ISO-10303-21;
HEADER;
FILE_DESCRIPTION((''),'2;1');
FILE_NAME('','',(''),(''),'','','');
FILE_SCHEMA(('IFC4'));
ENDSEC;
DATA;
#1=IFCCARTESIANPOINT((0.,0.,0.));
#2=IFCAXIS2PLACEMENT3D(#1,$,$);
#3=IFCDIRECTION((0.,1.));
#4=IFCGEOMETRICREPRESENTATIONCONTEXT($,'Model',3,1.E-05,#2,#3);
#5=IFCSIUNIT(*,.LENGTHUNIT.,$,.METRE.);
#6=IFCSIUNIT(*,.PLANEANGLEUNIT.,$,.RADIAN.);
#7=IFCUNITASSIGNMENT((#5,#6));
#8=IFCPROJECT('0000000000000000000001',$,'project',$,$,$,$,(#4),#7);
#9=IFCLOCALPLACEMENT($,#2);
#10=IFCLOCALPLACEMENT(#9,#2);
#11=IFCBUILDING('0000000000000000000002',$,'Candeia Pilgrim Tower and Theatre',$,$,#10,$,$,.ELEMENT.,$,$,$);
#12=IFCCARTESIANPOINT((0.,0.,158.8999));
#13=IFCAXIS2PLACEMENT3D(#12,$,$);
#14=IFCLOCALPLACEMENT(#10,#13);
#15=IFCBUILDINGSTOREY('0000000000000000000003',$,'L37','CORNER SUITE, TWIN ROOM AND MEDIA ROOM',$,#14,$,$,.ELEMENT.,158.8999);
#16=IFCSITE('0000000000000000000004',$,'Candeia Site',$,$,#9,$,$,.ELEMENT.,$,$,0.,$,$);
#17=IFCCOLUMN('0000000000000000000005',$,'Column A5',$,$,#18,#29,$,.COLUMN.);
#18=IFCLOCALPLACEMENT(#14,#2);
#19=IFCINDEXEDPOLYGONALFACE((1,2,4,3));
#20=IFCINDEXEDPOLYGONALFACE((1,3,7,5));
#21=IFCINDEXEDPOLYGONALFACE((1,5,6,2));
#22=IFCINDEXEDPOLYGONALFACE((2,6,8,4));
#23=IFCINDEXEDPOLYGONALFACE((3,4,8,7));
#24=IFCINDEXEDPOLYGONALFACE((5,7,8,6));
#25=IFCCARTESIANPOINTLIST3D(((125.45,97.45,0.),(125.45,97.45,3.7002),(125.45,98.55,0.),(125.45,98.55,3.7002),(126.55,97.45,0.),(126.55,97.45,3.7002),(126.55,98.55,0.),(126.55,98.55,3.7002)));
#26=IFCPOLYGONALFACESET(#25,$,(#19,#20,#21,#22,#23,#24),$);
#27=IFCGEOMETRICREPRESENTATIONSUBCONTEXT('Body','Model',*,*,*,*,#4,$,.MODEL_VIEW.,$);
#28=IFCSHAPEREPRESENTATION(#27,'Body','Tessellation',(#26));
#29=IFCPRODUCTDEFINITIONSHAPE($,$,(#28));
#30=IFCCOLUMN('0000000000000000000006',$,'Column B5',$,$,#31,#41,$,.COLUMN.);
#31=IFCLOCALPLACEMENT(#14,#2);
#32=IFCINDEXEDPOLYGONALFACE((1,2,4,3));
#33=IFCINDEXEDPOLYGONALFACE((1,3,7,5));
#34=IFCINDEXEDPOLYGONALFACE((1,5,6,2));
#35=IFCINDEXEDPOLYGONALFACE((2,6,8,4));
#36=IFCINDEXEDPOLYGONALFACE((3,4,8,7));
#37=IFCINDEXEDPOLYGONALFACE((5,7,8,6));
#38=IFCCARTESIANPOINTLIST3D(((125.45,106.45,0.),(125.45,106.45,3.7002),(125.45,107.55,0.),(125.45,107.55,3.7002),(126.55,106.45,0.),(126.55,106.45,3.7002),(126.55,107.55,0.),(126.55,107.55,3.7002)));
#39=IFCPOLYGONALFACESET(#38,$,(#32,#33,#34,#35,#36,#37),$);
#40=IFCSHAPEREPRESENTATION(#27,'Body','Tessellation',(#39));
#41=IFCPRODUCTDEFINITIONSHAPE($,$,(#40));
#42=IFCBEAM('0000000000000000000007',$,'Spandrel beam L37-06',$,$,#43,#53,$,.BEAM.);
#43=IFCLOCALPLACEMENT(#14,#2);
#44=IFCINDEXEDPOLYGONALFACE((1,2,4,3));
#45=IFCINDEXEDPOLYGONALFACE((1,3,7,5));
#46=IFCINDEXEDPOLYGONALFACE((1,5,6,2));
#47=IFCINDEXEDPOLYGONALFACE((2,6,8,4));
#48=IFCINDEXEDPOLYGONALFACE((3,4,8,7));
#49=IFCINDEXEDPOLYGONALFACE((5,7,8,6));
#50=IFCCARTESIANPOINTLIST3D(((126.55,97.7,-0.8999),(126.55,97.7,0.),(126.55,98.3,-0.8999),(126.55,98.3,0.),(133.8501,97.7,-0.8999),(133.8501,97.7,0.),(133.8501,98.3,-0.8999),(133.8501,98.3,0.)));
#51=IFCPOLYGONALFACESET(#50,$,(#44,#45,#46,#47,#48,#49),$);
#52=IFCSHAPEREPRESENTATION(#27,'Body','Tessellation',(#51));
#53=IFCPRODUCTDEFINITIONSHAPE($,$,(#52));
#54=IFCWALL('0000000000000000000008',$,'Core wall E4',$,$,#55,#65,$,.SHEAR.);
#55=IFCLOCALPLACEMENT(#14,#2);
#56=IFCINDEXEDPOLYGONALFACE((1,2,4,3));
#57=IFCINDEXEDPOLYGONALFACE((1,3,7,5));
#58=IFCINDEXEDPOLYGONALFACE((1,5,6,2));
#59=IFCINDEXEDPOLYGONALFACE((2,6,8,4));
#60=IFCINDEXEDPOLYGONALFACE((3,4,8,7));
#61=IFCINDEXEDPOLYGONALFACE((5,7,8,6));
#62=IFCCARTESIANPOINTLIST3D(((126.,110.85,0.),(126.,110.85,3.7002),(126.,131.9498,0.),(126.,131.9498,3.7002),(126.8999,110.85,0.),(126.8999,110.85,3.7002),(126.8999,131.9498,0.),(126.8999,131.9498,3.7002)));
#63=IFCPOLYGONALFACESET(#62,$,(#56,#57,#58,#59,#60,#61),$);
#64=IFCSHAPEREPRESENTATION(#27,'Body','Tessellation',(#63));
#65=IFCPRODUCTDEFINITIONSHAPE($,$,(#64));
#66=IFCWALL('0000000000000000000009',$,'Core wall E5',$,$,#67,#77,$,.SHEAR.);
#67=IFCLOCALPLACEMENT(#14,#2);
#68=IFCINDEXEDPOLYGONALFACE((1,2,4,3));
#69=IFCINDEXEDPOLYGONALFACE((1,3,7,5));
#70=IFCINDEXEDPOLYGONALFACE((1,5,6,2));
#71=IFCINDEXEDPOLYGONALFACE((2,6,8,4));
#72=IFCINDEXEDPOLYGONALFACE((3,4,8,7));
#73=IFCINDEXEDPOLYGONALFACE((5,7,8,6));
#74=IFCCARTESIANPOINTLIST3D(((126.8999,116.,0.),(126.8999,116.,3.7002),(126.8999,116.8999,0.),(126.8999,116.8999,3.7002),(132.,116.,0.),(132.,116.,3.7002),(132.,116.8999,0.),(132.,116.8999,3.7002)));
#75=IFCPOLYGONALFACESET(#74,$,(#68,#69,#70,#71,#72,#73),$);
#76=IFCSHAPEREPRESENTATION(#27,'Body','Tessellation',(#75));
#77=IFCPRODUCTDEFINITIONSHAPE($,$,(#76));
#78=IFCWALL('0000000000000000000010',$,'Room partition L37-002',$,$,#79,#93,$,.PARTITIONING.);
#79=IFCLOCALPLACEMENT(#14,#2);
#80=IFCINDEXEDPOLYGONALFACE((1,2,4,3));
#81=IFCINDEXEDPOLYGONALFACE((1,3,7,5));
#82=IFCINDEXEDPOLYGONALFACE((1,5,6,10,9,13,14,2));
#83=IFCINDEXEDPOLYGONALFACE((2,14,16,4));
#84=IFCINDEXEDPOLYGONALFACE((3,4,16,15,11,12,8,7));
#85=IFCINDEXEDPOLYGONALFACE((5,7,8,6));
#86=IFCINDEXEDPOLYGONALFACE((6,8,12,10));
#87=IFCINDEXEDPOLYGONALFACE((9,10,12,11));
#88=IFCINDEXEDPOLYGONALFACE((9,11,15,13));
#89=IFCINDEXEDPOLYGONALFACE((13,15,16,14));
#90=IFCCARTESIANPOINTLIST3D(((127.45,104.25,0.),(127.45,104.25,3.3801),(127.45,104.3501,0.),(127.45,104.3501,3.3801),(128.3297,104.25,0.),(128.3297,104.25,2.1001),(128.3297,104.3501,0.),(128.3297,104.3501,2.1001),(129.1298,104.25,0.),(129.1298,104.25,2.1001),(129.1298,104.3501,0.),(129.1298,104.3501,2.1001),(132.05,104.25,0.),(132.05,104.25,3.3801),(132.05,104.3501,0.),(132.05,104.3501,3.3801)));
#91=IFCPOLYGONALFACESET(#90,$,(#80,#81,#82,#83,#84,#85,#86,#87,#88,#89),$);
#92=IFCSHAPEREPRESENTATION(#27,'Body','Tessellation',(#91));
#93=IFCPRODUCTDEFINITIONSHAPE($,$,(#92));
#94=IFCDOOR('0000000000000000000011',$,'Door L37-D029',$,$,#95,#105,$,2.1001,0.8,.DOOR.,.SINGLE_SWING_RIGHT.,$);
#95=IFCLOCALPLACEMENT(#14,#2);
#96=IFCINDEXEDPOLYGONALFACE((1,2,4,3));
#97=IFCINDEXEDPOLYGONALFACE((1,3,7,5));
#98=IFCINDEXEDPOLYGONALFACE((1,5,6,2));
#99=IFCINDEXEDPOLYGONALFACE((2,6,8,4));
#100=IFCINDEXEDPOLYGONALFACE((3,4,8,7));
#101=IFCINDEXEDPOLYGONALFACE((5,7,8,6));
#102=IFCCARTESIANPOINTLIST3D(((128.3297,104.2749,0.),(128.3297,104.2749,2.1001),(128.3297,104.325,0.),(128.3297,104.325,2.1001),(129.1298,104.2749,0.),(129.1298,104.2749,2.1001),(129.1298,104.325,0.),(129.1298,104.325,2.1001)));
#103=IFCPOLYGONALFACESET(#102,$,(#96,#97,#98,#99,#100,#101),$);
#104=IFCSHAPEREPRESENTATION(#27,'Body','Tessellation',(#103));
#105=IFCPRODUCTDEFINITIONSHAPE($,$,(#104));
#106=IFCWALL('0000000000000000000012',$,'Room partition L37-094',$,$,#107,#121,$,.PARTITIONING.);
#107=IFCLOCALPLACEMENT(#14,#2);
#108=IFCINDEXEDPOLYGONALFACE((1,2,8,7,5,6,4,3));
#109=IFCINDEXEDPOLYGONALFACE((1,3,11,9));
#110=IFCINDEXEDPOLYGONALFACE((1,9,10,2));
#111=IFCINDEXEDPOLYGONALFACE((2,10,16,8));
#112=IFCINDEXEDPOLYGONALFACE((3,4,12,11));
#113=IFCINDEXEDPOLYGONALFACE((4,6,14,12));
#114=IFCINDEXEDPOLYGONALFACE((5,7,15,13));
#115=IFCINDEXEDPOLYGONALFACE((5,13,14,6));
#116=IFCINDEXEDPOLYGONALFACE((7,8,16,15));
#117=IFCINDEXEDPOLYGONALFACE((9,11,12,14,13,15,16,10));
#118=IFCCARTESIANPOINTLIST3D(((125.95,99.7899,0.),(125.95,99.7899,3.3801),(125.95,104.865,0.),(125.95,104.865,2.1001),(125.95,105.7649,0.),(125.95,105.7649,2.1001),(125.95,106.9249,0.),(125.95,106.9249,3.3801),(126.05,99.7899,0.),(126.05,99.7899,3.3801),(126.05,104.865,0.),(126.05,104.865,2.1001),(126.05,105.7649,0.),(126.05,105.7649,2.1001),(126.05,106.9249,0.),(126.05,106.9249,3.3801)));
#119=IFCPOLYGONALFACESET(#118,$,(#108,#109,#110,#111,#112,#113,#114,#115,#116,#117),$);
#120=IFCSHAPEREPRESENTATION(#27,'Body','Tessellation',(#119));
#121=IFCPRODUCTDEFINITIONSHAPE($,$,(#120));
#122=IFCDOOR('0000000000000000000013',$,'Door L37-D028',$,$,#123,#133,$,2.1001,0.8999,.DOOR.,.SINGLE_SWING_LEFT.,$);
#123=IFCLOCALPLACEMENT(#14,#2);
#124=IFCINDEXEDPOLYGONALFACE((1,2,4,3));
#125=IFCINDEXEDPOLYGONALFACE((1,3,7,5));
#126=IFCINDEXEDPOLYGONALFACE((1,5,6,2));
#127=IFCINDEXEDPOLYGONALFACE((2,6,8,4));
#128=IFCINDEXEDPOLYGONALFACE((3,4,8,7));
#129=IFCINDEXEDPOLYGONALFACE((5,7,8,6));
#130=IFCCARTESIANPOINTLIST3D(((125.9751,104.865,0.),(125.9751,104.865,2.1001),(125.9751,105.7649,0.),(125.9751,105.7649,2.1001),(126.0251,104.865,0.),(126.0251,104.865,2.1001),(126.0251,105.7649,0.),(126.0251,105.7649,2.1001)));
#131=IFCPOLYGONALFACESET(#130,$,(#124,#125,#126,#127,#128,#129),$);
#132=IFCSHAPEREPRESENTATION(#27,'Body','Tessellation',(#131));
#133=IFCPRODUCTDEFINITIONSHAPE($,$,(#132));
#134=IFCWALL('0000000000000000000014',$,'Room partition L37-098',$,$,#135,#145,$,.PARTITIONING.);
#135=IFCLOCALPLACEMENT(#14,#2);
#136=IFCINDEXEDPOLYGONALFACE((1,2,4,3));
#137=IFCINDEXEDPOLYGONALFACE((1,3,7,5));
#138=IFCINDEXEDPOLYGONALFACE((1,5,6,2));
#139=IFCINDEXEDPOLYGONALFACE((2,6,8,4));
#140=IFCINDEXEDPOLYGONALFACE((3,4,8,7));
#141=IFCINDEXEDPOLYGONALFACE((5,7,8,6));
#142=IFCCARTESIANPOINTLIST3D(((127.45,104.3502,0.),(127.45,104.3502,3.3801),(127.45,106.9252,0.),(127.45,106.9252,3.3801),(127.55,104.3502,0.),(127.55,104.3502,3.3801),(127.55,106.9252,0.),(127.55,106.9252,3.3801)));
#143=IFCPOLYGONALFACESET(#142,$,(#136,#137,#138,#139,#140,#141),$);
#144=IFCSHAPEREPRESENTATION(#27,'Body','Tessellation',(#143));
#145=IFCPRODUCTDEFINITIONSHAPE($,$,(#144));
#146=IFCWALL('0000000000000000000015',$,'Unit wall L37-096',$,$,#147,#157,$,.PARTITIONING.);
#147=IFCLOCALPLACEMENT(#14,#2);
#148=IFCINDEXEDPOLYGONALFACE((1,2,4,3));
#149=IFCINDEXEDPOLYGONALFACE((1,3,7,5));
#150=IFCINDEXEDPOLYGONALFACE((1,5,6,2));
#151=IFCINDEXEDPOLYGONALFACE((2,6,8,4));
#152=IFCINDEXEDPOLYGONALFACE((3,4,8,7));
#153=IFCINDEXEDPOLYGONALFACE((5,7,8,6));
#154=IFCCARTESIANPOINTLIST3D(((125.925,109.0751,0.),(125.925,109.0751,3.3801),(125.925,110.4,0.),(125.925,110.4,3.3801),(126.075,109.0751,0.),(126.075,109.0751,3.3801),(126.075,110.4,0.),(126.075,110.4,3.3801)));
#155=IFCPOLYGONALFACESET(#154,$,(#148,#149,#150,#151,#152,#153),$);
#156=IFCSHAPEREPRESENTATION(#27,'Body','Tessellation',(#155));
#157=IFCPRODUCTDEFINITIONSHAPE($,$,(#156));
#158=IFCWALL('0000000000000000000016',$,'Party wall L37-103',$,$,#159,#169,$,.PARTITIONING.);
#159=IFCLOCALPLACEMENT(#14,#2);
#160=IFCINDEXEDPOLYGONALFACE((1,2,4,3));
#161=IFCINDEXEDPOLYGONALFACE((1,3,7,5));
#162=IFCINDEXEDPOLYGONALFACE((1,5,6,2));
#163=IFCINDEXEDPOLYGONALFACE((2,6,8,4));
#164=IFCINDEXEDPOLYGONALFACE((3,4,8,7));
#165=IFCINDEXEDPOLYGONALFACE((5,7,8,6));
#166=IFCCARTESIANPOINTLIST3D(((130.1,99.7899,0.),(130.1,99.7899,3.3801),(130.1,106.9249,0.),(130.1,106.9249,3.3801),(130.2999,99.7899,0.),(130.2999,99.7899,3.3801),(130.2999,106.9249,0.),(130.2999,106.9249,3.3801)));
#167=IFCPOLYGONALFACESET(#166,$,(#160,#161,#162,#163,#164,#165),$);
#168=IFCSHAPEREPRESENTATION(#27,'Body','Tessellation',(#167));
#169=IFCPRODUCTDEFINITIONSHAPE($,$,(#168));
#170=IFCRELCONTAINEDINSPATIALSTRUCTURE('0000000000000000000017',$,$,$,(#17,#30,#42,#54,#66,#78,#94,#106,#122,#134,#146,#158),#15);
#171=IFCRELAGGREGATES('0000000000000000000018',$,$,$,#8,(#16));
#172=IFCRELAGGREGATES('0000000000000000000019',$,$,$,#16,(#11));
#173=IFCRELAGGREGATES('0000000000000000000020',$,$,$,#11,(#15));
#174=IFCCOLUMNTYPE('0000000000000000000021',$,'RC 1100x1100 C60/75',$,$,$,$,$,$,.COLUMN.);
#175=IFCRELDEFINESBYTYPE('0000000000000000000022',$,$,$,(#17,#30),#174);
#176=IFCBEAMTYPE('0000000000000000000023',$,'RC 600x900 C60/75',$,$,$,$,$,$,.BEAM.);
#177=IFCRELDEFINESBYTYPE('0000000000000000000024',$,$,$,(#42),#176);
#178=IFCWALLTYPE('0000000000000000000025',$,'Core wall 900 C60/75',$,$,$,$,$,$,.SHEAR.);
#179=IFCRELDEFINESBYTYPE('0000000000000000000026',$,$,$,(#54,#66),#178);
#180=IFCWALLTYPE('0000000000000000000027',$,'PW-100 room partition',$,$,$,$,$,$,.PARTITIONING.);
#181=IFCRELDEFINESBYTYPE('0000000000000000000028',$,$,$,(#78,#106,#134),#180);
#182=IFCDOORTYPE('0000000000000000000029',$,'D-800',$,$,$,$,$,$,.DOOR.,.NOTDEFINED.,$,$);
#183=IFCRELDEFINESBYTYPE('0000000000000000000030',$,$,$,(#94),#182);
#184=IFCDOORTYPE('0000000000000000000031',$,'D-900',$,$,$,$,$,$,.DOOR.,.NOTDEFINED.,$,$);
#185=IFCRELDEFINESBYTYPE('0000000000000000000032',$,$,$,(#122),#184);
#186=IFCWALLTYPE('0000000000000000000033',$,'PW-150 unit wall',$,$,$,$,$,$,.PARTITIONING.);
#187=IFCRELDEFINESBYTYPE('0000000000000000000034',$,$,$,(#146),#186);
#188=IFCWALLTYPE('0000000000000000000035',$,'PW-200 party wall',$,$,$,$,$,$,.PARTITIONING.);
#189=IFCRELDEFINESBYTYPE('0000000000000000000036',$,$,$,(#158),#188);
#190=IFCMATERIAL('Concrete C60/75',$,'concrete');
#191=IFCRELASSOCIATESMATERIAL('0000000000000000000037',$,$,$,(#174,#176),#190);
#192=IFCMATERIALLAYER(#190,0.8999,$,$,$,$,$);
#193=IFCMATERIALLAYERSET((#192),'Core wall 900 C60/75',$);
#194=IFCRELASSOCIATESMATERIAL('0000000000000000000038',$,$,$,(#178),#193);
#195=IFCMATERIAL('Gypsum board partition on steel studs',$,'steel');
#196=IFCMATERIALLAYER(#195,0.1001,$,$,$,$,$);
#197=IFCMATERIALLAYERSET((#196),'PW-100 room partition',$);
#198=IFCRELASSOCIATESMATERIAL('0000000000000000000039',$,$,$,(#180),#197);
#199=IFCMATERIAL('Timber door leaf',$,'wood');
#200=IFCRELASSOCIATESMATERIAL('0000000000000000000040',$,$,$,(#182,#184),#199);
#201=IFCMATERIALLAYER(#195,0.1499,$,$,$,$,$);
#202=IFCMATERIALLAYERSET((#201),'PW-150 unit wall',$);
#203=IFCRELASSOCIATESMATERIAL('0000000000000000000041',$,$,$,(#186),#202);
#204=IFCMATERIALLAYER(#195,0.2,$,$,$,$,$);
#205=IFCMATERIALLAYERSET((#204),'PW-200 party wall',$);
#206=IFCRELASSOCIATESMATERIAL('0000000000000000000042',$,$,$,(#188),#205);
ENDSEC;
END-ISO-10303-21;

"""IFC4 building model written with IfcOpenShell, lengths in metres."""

from ifc_helpers import new_model, si_unit, direction, frame, frame_2d, origin, origin_2d, place, context, subcontext, project, spatial, rectangle, extrude, material, layer, layer_set, material_profile, profile_set, type_object, element, fill, save


model = new_model("IFC4")

# Units and contexts
model_context = context("Model", 3, precision=1e-05, world=origin(), true_north=direction((0.0, 1.0)))
body_context = subcontext(model_context, "Body", "Model", "MODEL_VIEW")
ifc_project = project(units=[si_unit("LENGTHUNIT", "METRE"), si_unit("PLANEANGLEUNIT", "RADIAN")], contexts=[model_context])

# Site, building, storey
site_placement = place(None, origin())
site = spatial("IfcSite", under=ifc_project, at=site_placement, Name="Candeia Site", CompositionType="ELEMENT", RefElevation=0.0)
building_placement = place(site_placement, origin())
building = spatial("IfcBuilding", under=site, at=building_placement, Name="Candeia Pilgrim Tower and Theatre", CompositionType="ELEMENT")
storey_placement = place(building_placement, frame((0.0, 0.0, 158.8999)))
storey = spatial("IfcBuildingStorey", under=building, at=storey_placement, Name="L37", Description="CORNER SUITE, TWIN ROOM AND MEDIA ROOM", CompositionType="ELEMENT", Elevation=158.8999)

# Columns
ifc_material_1 = material(Name="Concrete C60/75", Category="concrete")
ifc_material_profile_1 = material_profile(ifc_material_1, rectangle(XDim=1.1001, YDim=1.1001, at=origin_2d()))
ifc_profile_set_1 = profile_set([ifc_material_profile_1], Name="Concrete C60/75")
column_type = type_object("IfcColumnType", Name="RC 1100x1100 C60/75", PredefinedType="COLUMN", material=ifc_profile_set_1)
for number, where, z_axis, x_axis, name in (
    (1, (126.0, 98.0, 0.0), (0.0, 0.0, 1.0), (1.0, 0.0, 0.0), "Column A5"),
    (2, (126.0, 107.0, 0.0), (0.0, 0.0, 1.0), (1.0, 0.0, 0.0), "Column B5"),
):
    element("IfcColumn", number, at=place(storey_placement, frame(where, z_axis=z_axis, x_axis=x_axis)), inside=storey, type_object=column_type, Name=name, PredefinedType="COLUMN", context=body_context, shape_type="SweptSolid", body=[
        extrude(rectangle(XDim=1.1001, YDim=1.1001, at=origin_2d()), origin(), (0.0, 0.0, 1.0), 3.7002),
    ])

# Beam
ifc_material_profile_2 = material_profile(ifc_material_1, rectangle(XDim=0.6001, YDim=0.8999, at=origin_2d()))
ifc_profile_set_2 = profile_set([ifc_material_profile_2], Name="Concrete C60/75")
beam_type = type_object("IfcBeamType", Name="RC 600x900 C60/75", PredefinedType="BEAM", material=ifc_profile_set_2)
beam_placement = place(storey_placement, frame((126.55, 98.0, -0.45), z_axis=(1.0, 0.0, 0.0), x_axis=(0.0, 1.0, 0.0)))
element("IfcBeam", 3, at=beam_placement, inside=storey, type_object=beam_type, Name="Spandrel beam L37-06", PredefinedType="BEAM", context=body_context, shape_type="SweptSolid", body=[
    extrude(rectangle(XDim=0.6001, YDim=0.8999, at=origin_2d()), origin(), (0.0, 0.0, 1.0), 7.3),
])

# Walls
ifc_layer_1 = layer(ifc_material_1, 0.8999)
ifc_layer_set_1 = layer_set([ifc_layer_1], Name="Core wall 900 C60/75")
wall_type_1 = type_object("IfcWallType", Name="Core wall 900 C60/75", PredefinedType="SHEAR", material=ifc_layer_set_1)
wall_1_placement = place(storey_placement, frame((126.45, 110.8501, 0.0), z_axis=(0.0, 0.0, 1.0), x_axis=(0.0, 1.0, 0.0)))
element("IfcWall", 4, at=wall_1_placement, inside=storey, type_object=wall_type_1, Name="Core wall E4", PredefinedType="SHEAR", context=body_context, shape_type="SweptSolid", body=[
    extrude(rectangle(XDim=21.0999, YDim=0.8999, at=frame_2d((10.5498, 0.0))), origin(), (0.0, 0.0, 1.0), 3.7002),
])
wall_2_placement = place(storey_placement, frame((126.8999, 116.45, 0.0), z_axis=(0.0, 0.0, 1.0), x_axis=(1.0, 0.0, 0.0)))
element("IfcWall", 5, at=wall_2_placement, inside=storey, type_object=wall_type_1, Name="Core wall E5", PredefinedType="SHEAR", context=body_context, shape_type="SweptSolid", body=[
    extrude(rectangle(XDim=5.1001, YDim=0.8999, at=frame_2d((2.55, 0.0))), origin(), (0.0, 0.0, 1.0), 3.7002),
])

# Walls, openings, doors
ifc_material_2 = material(Name="Gypsum board partition on steel studs", Category="steel")
ifc_layer_2 = layer(ifc_material_2, 0.1001)
ifc_layer_set_2 = layer_set([ifc_layer_2], Name="PW-100 room partition")
wall_type_2 = type_object("IfcWallType", Name="PW-100 room partition", PredefinedType="PARTITIONING", material=ifc_layer_set_2)
wall_3_placement = place(storey_placement, frame((127.45, 104.3, 0.0), z_axis=(0.0, 0.0, 1.0), x_axis=(1.0, 0.0, 0.0)))
wall_3 = element("IfcWall", 6, at=wall_3_placement, inside=storey, type_object=wall_type_2, Name="Room partition L37-002", PredefinedType="PARTITIONING", context=body_context, shape_type="SweptSolid", body=[
    extrude(rectangle(XDim=4.6001, YDim=0.1001, at=frame_2d((2.3, 0.0))), origin(), (0.0, 0.0, 1.0), 3.3801),
])
opening_1_placement = place(wall_3_placement, frame((0.8799, 0.0, 0.0)))
opening_1 = element("IfcOpeningElement", 7, at=opening_1_placement, cuts=wall_3, PredefinedType="OPENING", context=body_context, shape_type="SweptSolid", body=[
    extrude(rectangle(XDim=0.8, YDim=2.1001, at=frame_2d((0.3999, 1.05))), frame((0.0, 0.0601, 0.0), z_axis=(0.0, -1.0, 0.0), x_axis=(1.0, 0.0, 0.0)), (0.0, 0.0, 1.0), 0.1201),
])
ifc_material_3 = material(Name="Timber door leaf", Category="wood")
door_type_1 = type_object("IfcDoorType", Name="D-800", OperationType="NOTDEFINED", PredefinedType="DOOR", material=ifc_material_3)
door_1_placement = place(opening_1_placement, origin())
door_1 = element("IfcDoor", 8, at=door_1_placement, inside=storey, type_object=door_type_1, Name="Door L37-D029", OperationType="SINGLE_SWING_RIGHT", OverallHeight=2.1001, OverallWidth=0.8, PredefinedType="DOOR", context=body_context, shape_type="SweptSolid", body=[
    extrude(rectangle(XDim=0.8, YDim=2.1001, at=frame_2d((0.3999, 1.05))), frame((0.0, 0.0249, 0.0), z_axis=(0.0, -1.0, 0.0), x_axis=(1.0, 0.0, 0.0)), (0.0, 0.0, 1.0), 0.05),
])
fill(opening_1, door_1)
wall_4_placement = place(storey_placement, frame((126.0, 99.79, 0.0), z_axis=(0.0, 0.0, 1.0), x_axis=(0.0, 1.0, 0.0)))
wall_4 = element("IfcWall", 9, at=wall_4_placement, inside=storey, type_object=wall_type_2, Name="Room partition L37-094", PredefinedType="PARTITIONING", context=body_context, shape_type="SweptSolid", body=[
    extrude(rectangle(XDim=7.135, YDim=0.1001, at=frame_2d((3.5674, 0.0))), origin(), (0.0, 0.0, 1.0), 3.3801),
])
opening_2_placement = place(wall_4_placement, frame((5.075, 0.0, 0.0)))
opening_2 = element("IfcOpeningElement", 10, at=opening_2_placement, cuts=wall_4, PredefinedType="OPENING", context=body_context, shape_type="SweptSolid", body=[
    extrude(rectangle(XDim=0.8999, YDim=2.1001, at=frame_2d((0.45, 1.05))), frame((0.0, 0.0601, 0.0), z_axis=(0.0, -1.0, 0.0), x_axis=(1.0, 0.0, 0.0)), (0.0, 0.0, 1.0), 0.1201),
])
door_type_2 = type_object("IfcDoorType", Name="D-900", OperationType="NOTDEFINED", PredefinedType="DOOR", material=ifc_material_3)
door_2_placement = place(opening_2_placement, origin())
door_2 = element("IfcDoor", 11, at=door_2_placement, inside=storey, type_object=door_type_2, Name="Door L37-D028", OperationType="SINGLE_SWING_LEFT", OverallHeight=2.1001, OverallWidth=0.8999, PredefinedType="DOOR", context=body_context, shape_type="SweptSolid", body=[
    extrude(rectangle(XDim=0.8999, YDim=2.1001, at=frame_2d((0.45, 1.05))), frame((0.0, 0.0249, 0.0), z_axis=(0.0, -1.0, 0.0), x_axis=(1.0, 0.0, 0.0)), (0.0, 0.0, 1.0), 0.05),
])
fill(opening_2, door_2)

# Walls
wall_5_placement = place(storey_placement, frame((127.5, 104.3501, 0.0), z_axis=(0.0, 0.0, 1.0), x_axis=(0.0, 1.0, 0.0)))
element("IfcWall", 12, at=wall_5_placement, inside=storey, type_object=wall_type_2, Name="Room partition L37-098", PredefinedType="PARTITIONING", context=body_context, shape_type="SweptSolid", body=[
    extrude(rectangle(XDim=2.575, YDim=0.1001, at=frame_2d((1.2876, 0.0))), origin(), (0.0, 0.0, 1.0), 3.3801),
])
ifc_layer_3 = layer(ifc_material_2, 0.1499)
ifc_layer_set_3 = layer_set([ifc_layer_3], Name="PW-150 unit wall")
wall_type_3 = type_object("IfcWallType", Name="PW-150 unit wall", PredefinedType="PARTITIONING", material=ifc_layer_set_3)
wall_6_placement = place(storey_placement, frame((126.0, 109.075, 0.0), z_axis=(0.0, 0.0, 1.0), x_axis=(0.0, 1.0, 0.0)))
element("IfcWall", 13, at=wall_6_placement, inside=storey, type_object=wall_type_3, Name="Unit wall L37-096", PredefinedType="PARTITIONING", context=body_context, shape_type="SweptSolid", body=[
    extrude(rectangle(XDim=1.325, YDim=0.1499, at=frame_2d((0.6626, 0.0))), origin(), (0.0, 0.0, 1.0), 3.3801),
])
ifc_layer_4 = layer(ifc_material_2, 0.2)
ifc_layer_set_4 = layer_set([ifc_layer_4], Name="PW-200 party wall")
wall_type_4 = type_object("IfcWallType", Name="PW-200 party wall", PredefinedType="PARTITIONING", material=ifc_layer_set_4)
wall_7_placement = place(storey_placement, frame((130.2, 99.79, 0.0), z_axis=(0.0, 0.0, 1.0), x_axis=(0.0, 1.0, 0.0)))
element("IfcWall", 14, at=wall_7_placement, inside=storey, type_object=wall_type_4, Name="Party wall L37-103", PredefinedType="PARTITIONING", context=body_context, shape_type="SweptSolid", body=[
    extrude(rectangle(XDim=7.135, YDim=0.2, at=frame_2d((3.5674, 0.0))), origin(), (0.0, 0.0, 1.0), 3.3801),
])

save(model, "model.ifc")
